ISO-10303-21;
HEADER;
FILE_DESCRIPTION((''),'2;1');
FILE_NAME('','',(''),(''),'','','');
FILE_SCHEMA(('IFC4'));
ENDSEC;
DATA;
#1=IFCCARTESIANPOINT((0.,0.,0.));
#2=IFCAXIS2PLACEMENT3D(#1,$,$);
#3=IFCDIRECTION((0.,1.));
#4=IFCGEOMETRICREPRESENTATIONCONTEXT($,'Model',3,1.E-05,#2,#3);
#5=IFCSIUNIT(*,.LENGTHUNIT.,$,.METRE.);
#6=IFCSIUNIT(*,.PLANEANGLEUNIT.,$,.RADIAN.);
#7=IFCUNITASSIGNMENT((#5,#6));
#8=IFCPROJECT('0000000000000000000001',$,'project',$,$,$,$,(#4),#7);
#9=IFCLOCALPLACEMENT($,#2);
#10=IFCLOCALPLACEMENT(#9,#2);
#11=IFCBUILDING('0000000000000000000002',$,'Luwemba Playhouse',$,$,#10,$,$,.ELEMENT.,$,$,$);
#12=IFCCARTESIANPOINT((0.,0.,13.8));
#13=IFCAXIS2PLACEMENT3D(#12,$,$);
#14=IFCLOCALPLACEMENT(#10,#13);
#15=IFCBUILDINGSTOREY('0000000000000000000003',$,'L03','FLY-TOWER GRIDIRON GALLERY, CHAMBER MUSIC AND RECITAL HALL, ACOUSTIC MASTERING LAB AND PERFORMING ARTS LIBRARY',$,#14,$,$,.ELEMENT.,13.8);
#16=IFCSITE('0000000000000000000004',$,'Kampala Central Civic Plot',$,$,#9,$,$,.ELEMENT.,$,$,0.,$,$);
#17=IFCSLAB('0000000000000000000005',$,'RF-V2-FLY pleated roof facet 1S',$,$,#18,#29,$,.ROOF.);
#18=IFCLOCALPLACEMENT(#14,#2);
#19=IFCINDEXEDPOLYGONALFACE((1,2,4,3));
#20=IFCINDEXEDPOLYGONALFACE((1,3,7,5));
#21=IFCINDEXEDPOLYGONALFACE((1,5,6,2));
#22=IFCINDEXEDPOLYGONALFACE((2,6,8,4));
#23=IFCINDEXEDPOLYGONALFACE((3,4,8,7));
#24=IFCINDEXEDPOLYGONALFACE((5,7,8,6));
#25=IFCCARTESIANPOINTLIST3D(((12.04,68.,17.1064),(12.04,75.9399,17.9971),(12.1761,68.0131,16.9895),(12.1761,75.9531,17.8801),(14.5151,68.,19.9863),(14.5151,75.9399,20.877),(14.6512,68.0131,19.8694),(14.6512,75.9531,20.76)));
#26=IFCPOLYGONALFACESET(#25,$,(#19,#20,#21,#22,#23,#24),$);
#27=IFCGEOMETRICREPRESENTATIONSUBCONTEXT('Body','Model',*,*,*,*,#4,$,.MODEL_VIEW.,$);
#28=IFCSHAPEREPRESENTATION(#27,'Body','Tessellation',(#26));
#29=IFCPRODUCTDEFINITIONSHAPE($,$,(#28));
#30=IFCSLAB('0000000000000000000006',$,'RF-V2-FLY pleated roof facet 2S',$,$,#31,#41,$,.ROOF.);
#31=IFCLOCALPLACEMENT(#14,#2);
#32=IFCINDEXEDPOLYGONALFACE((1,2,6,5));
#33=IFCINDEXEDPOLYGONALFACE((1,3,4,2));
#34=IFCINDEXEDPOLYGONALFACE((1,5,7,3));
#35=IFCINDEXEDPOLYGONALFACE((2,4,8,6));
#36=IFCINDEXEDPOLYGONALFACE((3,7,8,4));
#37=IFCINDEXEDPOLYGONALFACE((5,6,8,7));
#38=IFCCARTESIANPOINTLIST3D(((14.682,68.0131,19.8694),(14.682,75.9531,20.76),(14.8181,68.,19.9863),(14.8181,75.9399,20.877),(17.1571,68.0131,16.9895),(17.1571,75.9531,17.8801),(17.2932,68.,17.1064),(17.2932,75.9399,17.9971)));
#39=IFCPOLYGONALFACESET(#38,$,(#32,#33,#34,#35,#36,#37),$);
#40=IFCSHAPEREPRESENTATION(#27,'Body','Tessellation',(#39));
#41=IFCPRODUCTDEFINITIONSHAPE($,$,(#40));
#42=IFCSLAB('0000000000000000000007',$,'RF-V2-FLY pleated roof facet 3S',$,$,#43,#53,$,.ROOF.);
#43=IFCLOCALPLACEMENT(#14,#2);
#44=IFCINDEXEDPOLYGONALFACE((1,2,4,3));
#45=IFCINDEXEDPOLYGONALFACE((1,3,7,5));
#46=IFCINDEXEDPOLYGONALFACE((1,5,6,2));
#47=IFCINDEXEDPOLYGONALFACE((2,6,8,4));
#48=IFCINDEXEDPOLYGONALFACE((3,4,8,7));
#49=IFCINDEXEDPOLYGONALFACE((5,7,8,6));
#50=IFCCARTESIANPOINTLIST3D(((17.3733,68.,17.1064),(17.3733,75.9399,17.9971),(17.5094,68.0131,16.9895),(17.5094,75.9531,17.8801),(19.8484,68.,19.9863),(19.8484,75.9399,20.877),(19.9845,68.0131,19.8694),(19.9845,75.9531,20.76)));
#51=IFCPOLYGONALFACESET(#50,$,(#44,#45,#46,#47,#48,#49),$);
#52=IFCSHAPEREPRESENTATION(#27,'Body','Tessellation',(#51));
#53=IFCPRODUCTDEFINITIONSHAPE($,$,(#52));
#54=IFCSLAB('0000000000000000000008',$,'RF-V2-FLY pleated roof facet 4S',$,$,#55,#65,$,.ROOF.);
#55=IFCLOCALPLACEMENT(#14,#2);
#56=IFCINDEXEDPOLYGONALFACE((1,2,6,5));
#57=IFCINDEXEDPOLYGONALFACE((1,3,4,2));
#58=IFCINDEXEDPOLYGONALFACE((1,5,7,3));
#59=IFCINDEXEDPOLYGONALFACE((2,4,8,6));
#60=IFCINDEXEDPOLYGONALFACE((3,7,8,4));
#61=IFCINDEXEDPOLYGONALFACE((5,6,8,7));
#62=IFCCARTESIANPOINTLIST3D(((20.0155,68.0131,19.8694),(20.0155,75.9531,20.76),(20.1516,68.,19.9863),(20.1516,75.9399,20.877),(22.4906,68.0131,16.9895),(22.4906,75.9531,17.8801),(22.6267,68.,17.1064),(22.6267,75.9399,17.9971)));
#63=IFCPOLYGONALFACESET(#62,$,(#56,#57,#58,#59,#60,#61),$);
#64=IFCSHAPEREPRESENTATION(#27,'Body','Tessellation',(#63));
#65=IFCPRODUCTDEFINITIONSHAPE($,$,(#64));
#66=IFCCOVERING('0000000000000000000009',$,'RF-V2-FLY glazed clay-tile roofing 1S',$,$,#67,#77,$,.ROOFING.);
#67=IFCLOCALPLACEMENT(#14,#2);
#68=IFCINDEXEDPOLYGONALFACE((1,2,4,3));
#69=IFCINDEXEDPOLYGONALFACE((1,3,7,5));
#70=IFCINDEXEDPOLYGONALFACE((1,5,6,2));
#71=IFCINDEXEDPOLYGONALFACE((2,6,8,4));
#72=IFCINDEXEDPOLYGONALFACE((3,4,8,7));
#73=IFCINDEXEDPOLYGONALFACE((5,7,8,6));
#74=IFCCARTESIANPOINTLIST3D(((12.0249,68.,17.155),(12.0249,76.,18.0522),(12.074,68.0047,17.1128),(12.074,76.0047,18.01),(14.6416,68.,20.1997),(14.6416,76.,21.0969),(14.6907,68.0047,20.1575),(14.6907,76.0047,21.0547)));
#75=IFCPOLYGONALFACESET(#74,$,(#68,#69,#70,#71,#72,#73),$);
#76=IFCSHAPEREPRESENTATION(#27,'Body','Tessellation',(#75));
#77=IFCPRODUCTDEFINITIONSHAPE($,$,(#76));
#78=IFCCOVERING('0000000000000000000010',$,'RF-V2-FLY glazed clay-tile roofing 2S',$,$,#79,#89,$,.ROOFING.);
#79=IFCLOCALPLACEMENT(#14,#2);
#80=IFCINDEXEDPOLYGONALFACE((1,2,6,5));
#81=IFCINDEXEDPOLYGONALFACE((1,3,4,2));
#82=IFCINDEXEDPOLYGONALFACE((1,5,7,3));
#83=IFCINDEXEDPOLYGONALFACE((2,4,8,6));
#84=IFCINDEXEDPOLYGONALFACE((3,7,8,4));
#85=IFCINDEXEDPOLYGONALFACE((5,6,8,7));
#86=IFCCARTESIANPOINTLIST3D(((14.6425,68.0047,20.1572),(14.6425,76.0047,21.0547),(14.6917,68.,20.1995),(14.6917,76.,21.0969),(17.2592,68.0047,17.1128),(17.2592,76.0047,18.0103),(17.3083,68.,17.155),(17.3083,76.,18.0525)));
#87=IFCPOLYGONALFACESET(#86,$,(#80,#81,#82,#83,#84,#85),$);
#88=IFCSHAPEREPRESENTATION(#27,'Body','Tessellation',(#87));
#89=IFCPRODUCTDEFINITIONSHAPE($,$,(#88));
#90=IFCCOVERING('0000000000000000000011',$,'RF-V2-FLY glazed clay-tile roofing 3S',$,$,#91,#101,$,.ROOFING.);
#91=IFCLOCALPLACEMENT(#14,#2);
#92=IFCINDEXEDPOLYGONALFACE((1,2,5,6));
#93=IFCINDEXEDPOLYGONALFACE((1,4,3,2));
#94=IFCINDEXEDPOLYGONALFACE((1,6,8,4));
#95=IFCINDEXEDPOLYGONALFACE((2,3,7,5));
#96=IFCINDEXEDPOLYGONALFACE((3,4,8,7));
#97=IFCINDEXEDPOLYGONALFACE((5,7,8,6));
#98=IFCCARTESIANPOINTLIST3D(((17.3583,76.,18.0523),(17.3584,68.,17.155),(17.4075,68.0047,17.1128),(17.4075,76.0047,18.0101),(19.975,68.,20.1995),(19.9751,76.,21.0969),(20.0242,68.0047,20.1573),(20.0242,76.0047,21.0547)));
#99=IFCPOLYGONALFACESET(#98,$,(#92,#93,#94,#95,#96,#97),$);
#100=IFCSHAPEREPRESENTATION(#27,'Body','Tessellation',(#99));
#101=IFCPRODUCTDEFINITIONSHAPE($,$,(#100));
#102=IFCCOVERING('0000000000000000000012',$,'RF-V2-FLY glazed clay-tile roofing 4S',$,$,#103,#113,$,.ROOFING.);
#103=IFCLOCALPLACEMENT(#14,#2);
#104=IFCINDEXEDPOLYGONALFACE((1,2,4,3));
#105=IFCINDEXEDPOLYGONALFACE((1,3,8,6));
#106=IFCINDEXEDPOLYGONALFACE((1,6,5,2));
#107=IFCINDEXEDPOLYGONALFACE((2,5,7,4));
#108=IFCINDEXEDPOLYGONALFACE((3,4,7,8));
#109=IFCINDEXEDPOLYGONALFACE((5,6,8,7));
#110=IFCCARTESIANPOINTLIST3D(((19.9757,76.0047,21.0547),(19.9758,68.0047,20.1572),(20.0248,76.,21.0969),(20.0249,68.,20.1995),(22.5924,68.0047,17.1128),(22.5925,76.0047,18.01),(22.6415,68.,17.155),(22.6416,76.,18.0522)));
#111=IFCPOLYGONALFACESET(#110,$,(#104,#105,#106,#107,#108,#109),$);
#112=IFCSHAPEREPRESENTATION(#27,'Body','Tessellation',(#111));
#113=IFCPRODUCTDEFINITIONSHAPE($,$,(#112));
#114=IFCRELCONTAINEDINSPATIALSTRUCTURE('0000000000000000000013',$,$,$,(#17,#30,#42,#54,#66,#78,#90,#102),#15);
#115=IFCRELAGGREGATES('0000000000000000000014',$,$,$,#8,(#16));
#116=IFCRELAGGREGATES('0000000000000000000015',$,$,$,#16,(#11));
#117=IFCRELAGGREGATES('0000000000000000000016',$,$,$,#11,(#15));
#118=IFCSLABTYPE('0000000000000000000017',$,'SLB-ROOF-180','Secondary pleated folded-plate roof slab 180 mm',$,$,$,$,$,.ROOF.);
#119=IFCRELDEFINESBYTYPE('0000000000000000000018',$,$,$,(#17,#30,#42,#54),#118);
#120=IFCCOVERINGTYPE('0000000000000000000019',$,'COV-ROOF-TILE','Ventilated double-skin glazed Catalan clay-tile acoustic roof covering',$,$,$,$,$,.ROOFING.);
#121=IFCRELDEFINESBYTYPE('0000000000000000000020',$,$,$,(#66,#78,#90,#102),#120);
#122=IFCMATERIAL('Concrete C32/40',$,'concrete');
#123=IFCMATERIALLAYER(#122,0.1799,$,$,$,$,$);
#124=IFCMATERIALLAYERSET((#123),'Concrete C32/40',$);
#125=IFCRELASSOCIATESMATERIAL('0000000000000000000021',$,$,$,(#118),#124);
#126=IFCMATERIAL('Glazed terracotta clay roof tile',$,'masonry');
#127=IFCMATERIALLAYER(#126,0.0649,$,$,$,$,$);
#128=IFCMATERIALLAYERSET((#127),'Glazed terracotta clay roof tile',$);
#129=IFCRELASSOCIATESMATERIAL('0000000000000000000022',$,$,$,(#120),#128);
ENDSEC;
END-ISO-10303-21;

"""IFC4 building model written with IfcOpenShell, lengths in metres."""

from ifc_helpers import new_model, si_unit, direction, frame, origin, place, context, subcontext, project, spatial, polyline, outline, extrude, material, layer, layer_set, type_object, element, save


model = new_model("IFC4")

# Units and contexts
model_context = context("Model", 3, precision=1e-05, world=origin(), true_north=direction((0.0, 1.0)))
body_context = subcontext(model_context, "Body", "Model", "MODEL_VIEW")
ifc_project = project(units=[si_unit("LENGTHUNIT", "METRE"), si_unit("PLANEANGLEUNIT", "RADIAN")], contexts=[model_context])

# Site, building, storey
site_placement = place(None, origin())
site = spatial("IfcSite", under=ifc_project, at=site_placement, Name="Kampala Central Civic Plot", CompositionType="ELEMENT", RefElevation=0.0)
building_placement = place(site_placement, origin())
building = spatial("IfcBuilding", under=site, at=building_placement, Name="Luwemba Playhouse", CompositionType="ELEMENT")
storey_placement = place(building_placement, frame((0.0, 0.0, 13.8)))
storey = spatial("IfcBuildingStorey", under=building, at=storey_placement, Name="L03", Description="FLY-TOWER GRIDIRON GALLERY, CHAMBER MUSIC AND RECITAL HALL, ACOUSTIC MASTERING LAB AND PERFORMING ARTS LIBRARY", CompositionType="ELEMENT", Elevation=13.8)

# Slabs
ifc_material_1 = material(Name="Concrete C32/40", Category="concrete")
ifc_layer_1 = layer(ifc_material_1, 0.1799)
ifc_layer_set_1 = layer_set([ifc_layer_1], Name="Concrete C32/40")
slab_type = type_object("IfcSlabType", Name="SLB-ROOF-180", Description="Secondary pleated folded-plate roof slab 180 mm", PredefinedType="ROOF", material=ifc_layer_set_1)
slab_1_placement = place(storey_placement, frame((12.04, 68.0, 17.1064), z_axis=(-0.756375, -0.072918, 0.650062), x_axis=(0.651797, 0.0, 0.758394)))
element("IfcSlab", 1, at=slab_1_placement, inside=storey, type_object=slab_type, Name="RF-V2-FLY pleated roof facet 1S", PredefinedType="ROOF", context=body_context, shape_type="SweptSolid", body=[
    extrude(outline(polyline([(0.0, 0.0), (3.7973, 0.0), (4.4728, 7.9611), (0.6754, 7.9611), (0.0, 0.0)])), origin(), (0.0, 0.0, -1.0), 0.1799),
])
slab_2_placement = place(storey_placement, frame((14.8181, 68.0, 19.9863), z_axis=(0.756375, -0.072918, 0.650062), x_axis=(0.651797, 0.0, -0.758394)))
element("IfcSlab", 2, at=slab_2_placement, inside=storey, type_object=slab_type, Name="RF-V2-FLY pleated roof facet 2S", PredefinedType="ROOF", context=body_context, shape_type="SweptSolid", body=[
    extrude(outline(polyline([(0.0, 0.0), (3.7973, 0.0), (3.1219, 7.9611), (-0.6754, 7.9611), (0.0, 0.0)])), origin(), (0.0, 0.0, -1.0), 0.1799),
])
slab_3_placement = place(storey_placement, frame((17.3733, 68.0, 17.1064), z_axis=(-0.756375, -0.072918, 0.650062), x_axis=(0.651797, 0.0, 0.758394)))
element("IfcSlab", 3, at=slab_3_placement, inside=storey, type_object=slab_type, Name="RF-V2-FLY pleated roof facet 3S", PredefinedType="ROOF", context=body_context, shape_type="SweptSolid", body=[
    extrude(outline(polyline([(0.0, 0.0), (3.7973, 0.0), (4.4728, 7.9611), (0.6754, 7.9611), (0.0, 0.0)])), origin(), (0.0, 0.0, -1.0), 0.1799),
])
slab_4_placement = place(storey_placement, frame((20.1516, 68.0, 19.9863), z_axis=(0.756375, -0.072918, 0.650062), x_axis=(0.651797, 0.0, -0.758394)))
element("IfcSlab", 4, at=slab_4_placement, inside=storey, type_object=slab_type, Name="RF-V2-FLY pleated roof facet 4S", PredefinedType="ROOF", context=body_context, shape_type="SweptSolid", body=[
    extrude(outline(polyline([(0.0, 0.0), (3.7973, 0.0), (3.1219, 7.9611), (-0.6754, 7.9611), (0.0, 0.0)])), origin(), (0.0, 0.0, -1.0), 0.1799),
])

# Coverings
ifc_material_2 = material(Name="Glazed terracotta clay roof tile", Category="masonry")
ifc_layer_2 = layer(ifc_material_2, 0.0649)
ifc_layer_set_2 = layer_set([ifc_layer_2], Name="Glazed terracotta clay roof tile")
covering_type = type_object("IfcCoveringType", Name="COV-ROOF-TILE", Description="Ventilated double-skin glazed Catalan clay-tile acoustic roof covering", PredefinedType="ROOFING", material=ifc_layer_set_2)
covering_1_placement = place(storey_placement, frame((12.0249, 68.0, 17.155), z_axis=(-0.756379, -0.072905, 0.650058), x_axis=(0.651792, 0.0, 0.758397)))
element("IfcCovering", 5, at=covering_1_placement, inside=storey, type_object=covering_type, Name="RF-V2-FLY glazed clay-tile roofing 1S", PredefinedType="ROOFING", context=body_context, shape_type="SweptSolid", body=[
    extrude(outline(polyline([(0.0, 0.0), (4.0146, 0.0), (4.6951, 8.0213), (0.6804, 8.0213), (0.0, 0.0)])), origin(), (0.0, 0.0, -1.0), 0.0649),
])
covering_2_placement = place(storey_placement, frame((14.6917, 68.0, 20.1995), z_axis=(0.756352, -0.072928, 0.650087), x_axis=(0.651822, 0.0, -0.758372)))
element("IfcCovering", 6, at=covering_2_placement, inside=storey, type_object=covering_type, Name="RF-V2-FLY glazed clay-tile roofing 2S", PredefinedType="ROOFING", context=body_context, shape_type="SweptSolid", body=[
    extrude(outline(polyline([(0.0, 0.0), (4.0144, 0.0), (3.3338, 8.0214), (-0.6806, 8.0214), (0.0, 0.0)])), origin(), (0.0, 0.0, -1.0), 0.0649),
])
covering_3_placement = place(storey_placement, frame((17.3584, 68.0, 17.155), z_axis=(-0.756366, -0.072917, 0.650072), x_axis=(0.651808, -0.000001, 0.758384)))
element("IfcCovering", 7, at=covering_3_placement, inside=storey, type_object=covering_type, Name="RF-V2-FLY glazed clay-tile roofing 3S", PredefinedType="ROOFING", context=body_context, shape_type="SweptSolid", body=[
    extrude(outline(polyline([(0.0, 0.0), (4.0144, 0.0), (4.695, 8.0214), (0.6804, 8.0213), (0.0, 0.0)])), origin(), (0.0, 0.0, -1.0), 0.0649),
])
covering_4_placement = place(storey_placement, frame((20.0249, 68.0, 20.1995), z_axis=(0.756366, -0.072917, 0.650072), x_axis=(0.651808, 0.000001, -0.758384)))
element("IfcCovering", 8, at=covering_4_placement, inside=storey, type_object=covering_type, Name="RF-V2-FLY glazed clay-tile roofing 4S", PredefinedType="ROOFING", context=body_context, shape_type="SweptSolid", body=[
    extrude(outline(polyline([(0.0, 0.0), (4.0144, 0.0), (3.334, 8.0213), (-0.6806, 8.0214), (0.0, 0.0)])), origin(), (0.0, 0.0, -1.0), 0.0649),
])

save(model, "model.ifc")
